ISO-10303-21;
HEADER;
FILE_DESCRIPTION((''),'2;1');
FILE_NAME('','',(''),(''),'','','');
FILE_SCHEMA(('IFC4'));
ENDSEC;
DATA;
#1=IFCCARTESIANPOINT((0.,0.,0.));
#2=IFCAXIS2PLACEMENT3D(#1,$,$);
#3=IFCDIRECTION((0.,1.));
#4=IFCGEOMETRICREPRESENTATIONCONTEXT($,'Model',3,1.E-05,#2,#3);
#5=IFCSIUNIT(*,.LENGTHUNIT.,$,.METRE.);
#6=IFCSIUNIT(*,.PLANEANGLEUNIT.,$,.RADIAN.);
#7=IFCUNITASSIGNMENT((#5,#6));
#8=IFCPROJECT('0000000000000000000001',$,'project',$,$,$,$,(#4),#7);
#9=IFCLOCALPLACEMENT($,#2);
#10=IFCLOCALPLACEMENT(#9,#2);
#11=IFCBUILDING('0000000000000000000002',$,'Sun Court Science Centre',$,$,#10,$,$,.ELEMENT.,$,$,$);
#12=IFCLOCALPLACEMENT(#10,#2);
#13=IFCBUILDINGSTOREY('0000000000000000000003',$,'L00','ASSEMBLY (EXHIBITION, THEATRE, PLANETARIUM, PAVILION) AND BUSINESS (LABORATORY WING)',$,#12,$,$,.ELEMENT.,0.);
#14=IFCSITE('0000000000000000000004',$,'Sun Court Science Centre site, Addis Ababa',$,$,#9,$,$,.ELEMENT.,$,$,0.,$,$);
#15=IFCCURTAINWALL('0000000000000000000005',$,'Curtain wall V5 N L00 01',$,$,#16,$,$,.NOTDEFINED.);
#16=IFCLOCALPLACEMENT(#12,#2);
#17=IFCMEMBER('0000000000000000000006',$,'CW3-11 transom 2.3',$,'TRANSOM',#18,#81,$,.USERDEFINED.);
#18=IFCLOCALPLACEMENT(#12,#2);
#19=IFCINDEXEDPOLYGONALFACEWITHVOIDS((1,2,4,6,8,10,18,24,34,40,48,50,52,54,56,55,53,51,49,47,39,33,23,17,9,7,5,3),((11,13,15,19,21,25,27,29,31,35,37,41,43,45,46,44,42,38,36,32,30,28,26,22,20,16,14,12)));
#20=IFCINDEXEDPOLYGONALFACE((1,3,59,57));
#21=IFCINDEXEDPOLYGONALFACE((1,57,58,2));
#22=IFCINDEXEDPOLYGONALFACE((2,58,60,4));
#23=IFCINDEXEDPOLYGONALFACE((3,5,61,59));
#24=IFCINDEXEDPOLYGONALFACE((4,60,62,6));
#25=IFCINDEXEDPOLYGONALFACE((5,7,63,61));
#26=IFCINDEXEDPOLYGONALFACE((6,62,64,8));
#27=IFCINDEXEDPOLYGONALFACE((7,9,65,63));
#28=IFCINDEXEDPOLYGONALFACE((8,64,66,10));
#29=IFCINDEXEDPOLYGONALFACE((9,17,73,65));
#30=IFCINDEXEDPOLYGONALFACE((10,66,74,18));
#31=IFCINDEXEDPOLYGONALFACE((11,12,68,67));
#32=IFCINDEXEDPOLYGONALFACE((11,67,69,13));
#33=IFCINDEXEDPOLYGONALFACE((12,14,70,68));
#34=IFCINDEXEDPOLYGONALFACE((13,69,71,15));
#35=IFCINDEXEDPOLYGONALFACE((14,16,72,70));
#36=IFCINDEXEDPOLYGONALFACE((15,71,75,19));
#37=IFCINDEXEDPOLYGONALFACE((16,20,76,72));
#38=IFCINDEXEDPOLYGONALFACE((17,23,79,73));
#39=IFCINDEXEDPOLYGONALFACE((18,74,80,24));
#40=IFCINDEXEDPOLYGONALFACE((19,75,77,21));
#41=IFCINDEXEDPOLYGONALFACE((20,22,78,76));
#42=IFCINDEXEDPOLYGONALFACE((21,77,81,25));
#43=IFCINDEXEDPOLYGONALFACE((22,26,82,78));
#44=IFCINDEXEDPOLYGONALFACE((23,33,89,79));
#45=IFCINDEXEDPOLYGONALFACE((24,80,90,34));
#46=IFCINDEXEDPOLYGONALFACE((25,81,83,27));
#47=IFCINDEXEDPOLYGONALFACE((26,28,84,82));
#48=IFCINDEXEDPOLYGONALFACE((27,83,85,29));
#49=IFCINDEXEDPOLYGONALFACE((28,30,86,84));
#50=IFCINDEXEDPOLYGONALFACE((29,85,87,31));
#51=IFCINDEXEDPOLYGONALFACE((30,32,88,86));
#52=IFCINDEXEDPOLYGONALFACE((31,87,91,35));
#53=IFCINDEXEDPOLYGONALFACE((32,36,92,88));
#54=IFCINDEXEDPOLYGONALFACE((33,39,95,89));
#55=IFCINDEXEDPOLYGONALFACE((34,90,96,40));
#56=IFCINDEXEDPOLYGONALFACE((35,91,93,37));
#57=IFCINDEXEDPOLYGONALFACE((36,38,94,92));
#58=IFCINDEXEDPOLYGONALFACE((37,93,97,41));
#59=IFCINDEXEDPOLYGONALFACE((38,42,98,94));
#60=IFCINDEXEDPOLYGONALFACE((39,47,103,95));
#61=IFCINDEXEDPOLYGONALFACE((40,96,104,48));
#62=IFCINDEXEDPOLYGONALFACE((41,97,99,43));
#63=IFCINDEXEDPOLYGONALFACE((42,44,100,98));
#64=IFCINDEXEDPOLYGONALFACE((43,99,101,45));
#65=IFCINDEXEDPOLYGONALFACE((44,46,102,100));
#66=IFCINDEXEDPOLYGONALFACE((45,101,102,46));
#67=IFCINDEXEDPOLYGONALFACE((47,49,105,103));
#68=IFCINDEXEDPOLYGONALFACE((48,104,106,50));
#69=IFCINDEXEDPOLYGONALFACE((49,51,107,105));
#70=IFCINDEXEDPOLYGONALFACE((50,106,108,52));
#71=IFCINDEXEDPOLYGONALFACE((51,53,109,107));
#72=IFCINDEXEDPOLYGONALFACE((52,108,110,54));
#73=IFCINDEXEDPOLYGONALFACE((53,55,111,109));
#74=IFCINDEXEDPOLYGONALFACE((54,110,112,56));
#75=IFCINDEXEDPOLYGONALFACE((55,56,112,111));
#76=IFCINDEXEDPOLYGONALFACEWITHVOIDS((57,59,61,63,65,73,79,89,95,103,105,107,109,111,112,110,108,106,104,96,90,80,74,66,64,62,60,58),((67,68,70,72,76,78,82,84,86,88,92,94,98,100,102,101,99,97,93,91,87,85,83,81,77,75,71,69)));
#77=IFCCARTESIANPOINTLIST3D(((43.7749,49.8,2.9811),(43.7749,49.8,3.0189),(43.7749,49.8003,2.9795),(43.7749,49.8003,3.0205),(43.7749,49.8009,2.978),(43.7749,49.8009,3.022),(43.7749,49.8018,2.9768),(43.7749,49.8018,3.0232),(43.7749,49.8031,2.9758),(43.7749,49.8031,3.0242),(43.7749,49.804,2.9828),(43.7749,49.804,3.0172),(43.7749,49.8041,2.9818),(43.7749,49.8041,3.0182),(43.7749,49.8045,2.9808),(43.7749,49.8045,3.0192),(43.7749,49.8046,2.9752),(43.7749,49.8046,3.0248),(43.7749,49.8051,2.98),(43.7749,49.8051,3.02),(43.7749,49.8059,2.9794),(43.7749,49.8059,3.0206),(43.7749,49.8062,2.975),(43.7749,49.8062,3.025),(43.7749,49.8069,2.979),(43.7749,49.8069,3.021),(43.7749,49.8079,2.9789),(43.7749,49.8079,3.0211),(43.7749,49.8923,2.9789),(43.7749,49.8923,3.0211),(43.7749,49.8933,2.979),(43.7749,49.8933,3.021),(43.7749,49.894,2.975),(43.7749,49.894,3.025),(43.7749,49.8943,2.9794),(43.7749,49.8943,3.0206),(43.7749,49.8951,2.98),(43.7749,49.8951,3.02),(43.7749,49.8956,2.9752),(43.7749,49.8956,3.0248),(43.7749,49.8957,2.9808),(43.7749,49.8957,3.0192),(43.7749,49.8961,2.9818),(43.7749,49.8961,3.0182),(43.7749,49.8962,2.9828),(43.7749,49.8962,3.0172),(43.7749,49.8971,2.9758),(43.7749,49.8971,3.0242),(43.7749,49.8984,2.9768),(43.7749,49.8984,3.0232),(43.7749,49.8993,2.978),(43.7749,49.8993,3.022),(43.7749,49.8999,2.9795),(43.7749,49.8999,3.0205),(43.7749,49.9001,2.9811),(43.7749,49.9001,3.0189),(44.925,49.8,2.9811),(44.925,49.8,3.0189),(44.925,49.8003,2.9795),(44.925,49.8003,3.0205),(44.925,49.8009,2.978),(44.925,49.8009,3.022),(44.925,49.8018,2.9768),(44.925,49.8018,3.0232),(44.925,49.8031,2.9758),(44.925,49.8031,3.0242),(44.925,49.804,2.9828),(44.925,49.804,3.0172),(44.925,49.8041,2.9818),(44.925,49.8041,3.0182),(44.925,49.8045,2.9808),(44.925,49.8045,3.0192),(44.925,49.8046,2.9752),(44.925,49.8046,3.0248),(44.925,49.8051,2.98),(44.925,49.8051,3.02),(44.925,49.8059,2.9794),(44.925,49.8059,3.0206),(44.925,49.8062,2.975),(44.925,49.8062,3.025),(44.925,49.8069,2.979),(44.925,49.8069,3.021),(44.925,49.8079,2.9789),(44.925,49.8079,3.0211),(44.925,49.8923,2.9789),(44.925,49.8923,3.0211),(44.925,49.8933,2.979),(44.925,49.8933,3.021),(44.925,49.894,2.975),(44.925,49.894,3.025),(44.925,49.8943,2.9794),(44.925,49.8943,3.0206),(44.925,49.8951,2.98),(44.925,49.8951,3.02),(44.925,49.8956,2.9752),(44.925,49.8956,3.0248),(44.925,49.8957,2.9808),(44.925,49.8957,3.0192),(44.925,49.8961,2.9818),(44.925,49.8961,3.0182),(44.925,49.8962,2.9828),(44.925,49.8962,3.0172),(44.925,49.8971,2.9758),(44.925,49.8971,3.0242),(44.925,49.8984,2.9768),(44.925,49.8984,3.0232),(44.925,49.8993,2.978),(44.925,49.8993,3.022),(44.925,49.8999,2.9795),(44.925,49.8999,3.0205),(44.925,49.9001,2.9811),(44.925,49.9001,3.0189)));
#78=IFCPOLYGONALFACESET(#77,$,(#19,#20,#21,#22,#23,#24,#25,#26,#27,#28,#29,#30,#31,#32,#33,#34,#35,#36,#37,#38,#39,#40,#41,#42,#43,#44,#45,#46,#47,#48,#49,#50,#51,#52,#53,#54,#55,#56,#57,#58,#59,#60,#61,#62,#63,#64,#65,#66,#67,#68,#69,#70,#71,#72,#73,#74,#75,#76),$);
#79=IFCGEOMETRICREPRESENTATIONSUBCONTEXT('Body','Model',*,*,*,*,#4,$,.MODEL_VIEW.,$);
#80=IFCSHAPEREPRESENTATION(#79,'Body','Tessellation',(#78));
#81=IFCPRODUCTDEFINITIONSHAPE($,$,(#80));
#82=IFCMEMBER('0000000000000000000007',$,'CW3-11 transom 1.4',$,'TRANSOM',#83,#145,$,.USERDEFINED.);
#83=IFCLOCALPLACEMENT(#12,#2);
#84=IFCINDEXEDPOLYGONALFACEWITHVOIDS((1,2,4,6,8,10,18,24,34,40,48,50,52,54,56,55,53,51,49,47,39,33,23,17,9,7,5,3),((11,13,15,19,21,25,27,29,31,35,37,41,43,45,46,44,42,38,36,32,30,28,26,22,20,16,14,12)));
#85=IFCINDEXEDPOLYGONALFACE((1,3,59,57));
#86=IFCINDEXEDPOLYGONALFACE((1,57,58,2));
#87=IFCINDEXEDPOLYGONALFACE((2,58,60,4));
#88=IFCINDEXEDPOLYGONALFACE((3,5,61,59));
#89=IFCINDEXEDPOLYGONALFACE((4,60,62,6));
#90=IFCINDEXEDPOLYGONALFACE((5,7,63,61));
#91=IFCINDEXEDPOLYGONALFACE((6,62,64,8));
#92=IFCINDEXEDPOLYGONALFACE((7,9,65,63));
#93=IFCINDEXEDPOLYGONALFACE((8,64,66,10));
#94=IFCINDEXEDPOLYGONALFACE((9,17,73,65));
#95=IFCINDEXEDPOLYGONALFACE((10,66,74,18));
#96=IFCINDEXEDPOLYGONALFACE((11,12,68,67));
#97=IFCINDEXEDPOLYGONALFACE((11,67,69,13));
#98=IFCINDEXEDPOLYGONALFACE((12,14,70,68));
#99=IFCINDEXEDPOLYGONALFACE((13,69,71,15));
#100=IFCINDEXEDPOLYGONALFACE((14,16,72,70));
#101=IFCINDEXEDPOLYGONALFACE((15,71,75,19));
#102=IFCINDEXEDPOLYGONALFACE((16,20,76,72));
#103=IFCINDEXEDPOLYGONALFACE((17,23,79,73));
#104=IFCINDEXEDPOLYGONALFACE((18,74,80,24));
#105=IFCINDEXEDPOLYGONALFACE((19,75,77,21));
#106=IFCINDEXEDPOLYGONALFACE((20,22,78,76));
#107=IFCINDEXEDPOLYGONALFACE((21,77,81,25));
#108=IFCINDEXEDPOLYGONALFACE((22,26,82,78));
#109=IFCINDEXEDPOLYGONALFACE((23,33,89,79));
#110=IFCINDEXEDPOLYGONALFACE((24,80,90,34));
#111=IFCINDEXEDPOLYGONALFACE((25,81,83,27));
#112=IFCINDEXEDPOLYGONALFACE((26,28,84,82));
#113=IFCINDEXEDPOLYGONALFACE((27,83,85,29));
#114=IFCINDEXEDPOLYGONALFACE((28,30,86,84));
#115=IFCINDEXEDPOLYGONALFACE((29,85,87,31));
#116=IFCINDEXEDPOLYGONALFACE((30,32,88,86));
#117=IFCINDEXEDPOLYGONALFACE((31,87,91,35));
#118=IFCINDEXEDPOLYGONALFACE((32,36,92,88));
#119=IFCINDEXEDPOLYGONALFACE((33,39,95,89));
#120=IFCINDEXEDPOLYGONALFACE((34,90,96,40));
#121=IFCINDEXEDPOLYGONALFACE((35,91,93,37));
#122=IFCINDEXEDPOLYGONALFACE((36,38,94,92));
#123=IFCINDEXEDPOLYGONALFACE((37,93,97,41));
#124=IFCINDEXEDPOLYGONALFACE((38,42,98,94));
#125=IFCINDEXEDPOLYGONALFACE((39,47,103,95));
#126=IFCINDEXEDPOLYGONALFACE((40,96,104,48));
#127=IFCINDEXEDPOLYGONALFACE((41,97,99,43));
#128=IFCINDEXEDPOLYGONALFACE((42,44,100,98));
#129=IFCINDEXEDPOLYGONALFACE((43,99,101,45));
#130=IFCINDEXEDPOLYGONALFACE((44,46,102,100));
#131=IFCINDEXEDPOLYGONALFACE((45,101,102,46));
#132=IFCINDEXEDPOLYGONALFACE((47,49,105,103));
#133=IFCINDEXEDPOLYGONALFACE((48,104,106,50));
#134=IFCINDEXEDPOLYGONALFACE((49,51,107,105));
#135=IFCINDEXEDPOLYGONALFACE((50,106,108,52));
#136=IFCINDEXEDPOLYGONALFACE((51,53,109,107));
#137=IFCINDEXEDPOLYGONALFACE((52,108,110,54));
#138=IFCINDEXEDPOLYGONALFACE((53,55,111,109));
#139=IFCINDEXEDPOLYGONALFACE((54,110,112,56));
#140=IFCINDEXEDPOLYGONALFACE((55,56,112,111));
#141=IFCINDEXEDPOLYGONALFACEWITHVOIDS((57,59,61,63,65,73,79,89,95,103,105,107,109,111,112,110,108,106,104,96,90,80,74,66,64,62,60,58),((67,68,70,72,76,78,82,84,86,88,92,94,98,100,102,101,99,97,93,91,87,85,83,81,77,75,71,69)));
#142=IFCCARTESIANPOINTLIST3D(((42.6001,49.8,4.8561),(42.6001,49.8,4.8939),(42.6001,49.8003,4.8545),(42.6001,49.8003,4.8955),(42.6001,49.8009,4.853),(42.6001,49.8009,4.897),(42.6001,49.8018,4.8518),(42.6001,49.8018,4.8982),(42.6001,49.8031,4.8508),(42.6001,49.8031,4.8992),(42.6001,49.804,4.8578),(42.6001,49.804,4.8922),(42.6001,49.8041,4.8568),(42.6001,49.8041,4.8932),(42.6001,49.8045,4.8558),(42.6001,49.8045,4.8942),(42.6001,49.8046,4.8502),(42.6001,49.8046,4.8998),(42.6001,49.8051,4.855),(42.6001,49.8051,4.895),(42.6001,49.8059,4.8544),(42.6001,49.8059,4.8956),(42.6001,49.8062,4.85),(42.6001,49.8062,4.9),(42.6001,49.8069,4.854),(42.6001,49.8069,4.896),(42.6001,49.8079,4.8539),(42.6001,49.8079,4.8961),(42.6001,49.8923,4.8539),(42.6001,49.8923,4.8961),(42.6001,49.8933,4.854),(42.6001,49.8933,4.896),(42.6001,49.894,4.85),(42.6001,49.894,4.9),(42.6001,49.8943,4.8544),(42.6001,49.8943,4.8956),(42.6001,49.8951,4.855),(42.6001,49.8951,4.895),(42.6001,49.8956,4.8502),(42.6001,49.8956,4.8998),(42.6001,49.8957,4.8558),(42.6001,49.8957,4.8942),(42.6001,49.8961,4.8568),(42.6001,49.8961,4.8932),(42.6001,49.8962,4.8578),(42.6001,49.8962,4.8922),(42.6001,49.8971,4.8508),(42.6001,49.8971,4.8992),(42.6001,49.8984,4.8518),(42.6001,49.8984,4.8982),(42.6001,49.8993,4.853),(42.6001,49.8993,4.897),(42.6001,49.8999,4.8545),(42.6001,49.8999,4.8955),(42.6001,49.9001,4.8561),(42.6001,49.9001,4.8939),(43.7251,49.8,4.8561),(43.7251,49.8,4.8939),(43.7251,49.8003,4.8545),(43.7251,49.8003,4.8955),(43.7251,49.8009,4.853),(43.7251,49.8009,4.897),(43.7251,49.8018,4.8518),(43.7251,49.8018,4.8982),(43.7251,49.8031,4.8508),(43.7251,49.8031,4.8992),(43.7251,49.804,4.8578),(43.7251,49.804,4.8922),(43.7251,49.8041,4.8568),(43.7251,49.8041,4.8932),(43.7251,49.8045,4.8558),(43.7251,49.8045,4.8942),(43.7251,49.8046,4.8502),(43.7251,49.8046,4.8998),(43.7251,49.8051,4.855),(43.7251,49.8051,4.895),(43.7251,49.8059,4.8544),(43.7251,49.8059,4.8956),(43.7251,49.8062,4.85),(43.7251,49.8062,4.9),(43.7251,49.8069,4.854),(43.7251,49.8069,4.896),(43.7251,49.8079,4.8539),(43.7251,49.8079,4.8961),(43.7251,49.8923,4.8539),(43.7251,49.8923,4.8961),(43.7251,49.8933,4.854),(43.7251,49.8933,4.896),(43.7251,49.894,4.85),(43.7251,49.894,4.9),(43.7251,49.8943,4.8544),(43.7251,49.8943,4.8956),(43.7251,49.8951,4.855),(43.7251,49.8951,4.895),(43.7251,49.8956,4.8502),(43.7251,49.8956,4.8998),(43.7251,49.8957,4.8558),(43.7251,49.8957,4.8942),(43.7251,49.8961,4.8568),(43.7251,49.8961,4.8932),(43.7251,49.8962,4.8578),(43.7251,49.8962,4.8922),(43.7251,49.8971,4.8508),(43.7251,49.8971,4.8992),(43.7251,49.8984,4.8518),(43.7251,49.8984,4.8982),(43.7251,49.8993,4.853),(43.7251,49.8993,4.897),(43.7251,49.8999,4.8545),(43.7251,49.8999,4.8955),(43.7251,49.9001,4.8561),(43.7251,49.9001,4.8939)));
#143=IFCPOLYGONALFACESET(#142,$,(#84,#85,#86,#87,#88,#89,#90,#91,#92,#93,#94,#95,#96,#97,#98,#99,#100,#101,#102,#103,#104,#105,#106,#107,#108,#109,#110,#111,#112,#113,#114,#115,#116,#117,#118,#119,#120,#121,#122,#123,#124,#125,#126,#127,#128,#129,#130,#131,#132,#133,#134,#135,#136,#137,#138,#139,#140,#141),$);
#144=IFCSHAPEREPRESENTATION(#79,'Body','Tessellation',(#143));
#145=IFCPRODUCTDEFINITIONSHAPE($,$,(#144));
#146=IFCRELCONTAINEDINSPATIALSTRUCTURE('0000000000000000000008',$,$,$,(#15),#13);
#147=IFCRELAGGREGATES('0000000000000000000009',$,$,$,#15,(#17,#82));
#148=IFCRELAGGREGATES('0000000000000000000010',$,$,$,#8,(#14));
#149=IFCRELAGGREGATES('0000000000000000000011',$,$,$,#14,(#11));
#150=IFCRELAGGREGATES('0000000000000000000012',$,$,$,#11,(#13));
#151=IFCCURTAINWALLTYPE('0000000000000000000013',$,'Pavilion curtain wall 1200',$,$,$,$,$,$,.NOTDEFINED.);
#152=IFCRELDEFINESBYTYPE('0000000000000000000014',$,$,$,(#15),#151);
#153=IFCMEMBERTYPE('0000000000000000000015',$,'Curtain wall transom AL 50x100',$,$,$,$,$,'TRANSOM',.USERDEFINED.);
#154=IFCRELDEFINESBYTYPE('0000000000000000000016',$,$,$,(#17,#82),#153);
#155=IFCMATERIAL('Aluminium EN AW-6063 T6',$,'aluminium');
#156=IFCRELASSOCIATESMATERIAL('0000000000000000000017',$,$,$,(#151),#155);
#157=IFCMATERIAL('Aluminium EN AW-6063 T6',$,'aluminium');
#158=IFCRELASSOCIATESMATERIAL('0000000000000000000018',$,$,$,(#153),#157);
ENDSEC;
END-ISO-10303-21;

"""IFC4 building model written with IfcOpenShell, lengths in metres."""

from ifc_helpers import new_model, si_unit, direction, frame, origin, origin_2d, place, context, subcontext, project, spatial, hollow_rectangle, extrude, material, material_profile, profile_set, type_object, element, aggregate, save


model = new_model("IFC4")

# Units and contexts
model_context = context("Model", 3, precision=1e-05, world=origin(), true_north=direction((0.0, 1.0)))
body_context = subcontext(model_context, "Body", "Model", "MODEL_VIEW")
ifc_project = project(units=[si_unit("LENGTHUNIT", "METRE"), si_unit("PLANEANGLEUNIT", "RADIAN")], contexts=[model_context])

# Site, building, storey
site_placement = place(None, origin())
site = spatial("IfcSite", under=ifc_project, at=site_placement, Name="Sun Court Science Centre site, Addis Ababa", CompositionType="ELEMENT", RefElevation=0.0)
building_placement = place(site_placement, origin())
building = spatial("IfcBuilding", under=site, at=building_placement, Name="Sun Court Science Centre", CompositionType="ELEMENT")
storey_placement = place(building_placement, origin())
storey = spatial("IfcBuildingStorey", under=building, at=storey_placement, Name="L00", Description="ASSEMBLY (EXHIBITION, THEATRE, PLANETARIUM, PAVILION) AND BUSINESS (LABORATORY WING)", CompositionType="ELEMENT", Elevation=0.0)

# Curtain wall, members
ifc_material_1 = material(Name="Aluminium EN AW-6063 T6", Category="aluminium")
curtain_wall_type = type_object("IfcCurtainWallType", Name="Pavilion curtain wall 1200", PredefinedType="NOTDEFINED", material=ifc_material_1)
curtain_wall_placement = place(storey_placement, origin())
curtain_wall = element("IfcCurtainWall", 1, at=curtain_wall_placement, inside=storey, type_object=curtain_wall_type, Name="Curtain wall V5 N L00 01", PredefinedType="NOTDEFINED")
ifc_material_2 = material(Name="Aluminium EN AW-6063 T6", Category="aluminium")
ifc_material_profile_1 = material_profile(ifc_material_2, hollow_rectangle(XDim=0.05, YDim=0.1001, WallThickness=0.0039, InnerFilletRadius=0.0039, OuterFilletRadius=0.0061, at=origin_2d()), Name="AL 50x100x4")
ifc_profile_set_1 = profile_set([ifc_material_profile_1], Name="Aluminium EN AW-6063 T6")
member_type_1 = type_object("IfcMemberType", Name="Curtain wall transom AL 50x100", ElementType="TRANSOM", PredefinedType="USERDEFINED", material=ifc_profile_set_1)
member_1_placement = place(storey_placement, frame((43.7749, 49.8501, 3.0), z_axis=(1.0, 0.0, 0.0), x_axis=(0.0, 0.0, 1.0)))
member_1 = element("IfcMember", 2, at=member_1_placement, type_object=member_type_1, Name="CW3-11 transom 2.3", ObjectType="TRANSOM", PredefinedType="USERDEFINED", context=body_context, shape_type="SweptSolid", body=[
    extrude(hollow_rectangle(XDim=0.05, YDim=0.1001, WallThickness=0.0039, InnerFilletRadius=0.0039, OuterFilletRadius=0.0061, at=origin_2d()), origin(), (0.0, 0.0, 1.0), 1.1501),
])
member_2_placement = place(storey_placement, frame((42.6001, 49.8501, 4.875), z_axis=(1.0, 0.0, 0.0), x_axis=(0.0, 0.0, 1.0)))
member_2 = element("IfcMember", 3, at=member_2_placement, type_object=member_type_1, Name="CW3-11 transom 1.4", ObjectType="TRANSOM", PredefinedType="USERDEFINED", context=body_context, shape_type="SweptSolid", body=[
    extrude(hollow_rectangle(XDim=0.05, YDim=0.1001, WallThickness=0.0039, InnerFilletRadius=0.0039, OuterFilletRadius=0.0061, at=origin_2d()), origin(), (0.0, 0.0, 1.0), 1.125),
])
aggregate(curtain_wall, [member_1, member_2])

save(model, "model.ifc")
